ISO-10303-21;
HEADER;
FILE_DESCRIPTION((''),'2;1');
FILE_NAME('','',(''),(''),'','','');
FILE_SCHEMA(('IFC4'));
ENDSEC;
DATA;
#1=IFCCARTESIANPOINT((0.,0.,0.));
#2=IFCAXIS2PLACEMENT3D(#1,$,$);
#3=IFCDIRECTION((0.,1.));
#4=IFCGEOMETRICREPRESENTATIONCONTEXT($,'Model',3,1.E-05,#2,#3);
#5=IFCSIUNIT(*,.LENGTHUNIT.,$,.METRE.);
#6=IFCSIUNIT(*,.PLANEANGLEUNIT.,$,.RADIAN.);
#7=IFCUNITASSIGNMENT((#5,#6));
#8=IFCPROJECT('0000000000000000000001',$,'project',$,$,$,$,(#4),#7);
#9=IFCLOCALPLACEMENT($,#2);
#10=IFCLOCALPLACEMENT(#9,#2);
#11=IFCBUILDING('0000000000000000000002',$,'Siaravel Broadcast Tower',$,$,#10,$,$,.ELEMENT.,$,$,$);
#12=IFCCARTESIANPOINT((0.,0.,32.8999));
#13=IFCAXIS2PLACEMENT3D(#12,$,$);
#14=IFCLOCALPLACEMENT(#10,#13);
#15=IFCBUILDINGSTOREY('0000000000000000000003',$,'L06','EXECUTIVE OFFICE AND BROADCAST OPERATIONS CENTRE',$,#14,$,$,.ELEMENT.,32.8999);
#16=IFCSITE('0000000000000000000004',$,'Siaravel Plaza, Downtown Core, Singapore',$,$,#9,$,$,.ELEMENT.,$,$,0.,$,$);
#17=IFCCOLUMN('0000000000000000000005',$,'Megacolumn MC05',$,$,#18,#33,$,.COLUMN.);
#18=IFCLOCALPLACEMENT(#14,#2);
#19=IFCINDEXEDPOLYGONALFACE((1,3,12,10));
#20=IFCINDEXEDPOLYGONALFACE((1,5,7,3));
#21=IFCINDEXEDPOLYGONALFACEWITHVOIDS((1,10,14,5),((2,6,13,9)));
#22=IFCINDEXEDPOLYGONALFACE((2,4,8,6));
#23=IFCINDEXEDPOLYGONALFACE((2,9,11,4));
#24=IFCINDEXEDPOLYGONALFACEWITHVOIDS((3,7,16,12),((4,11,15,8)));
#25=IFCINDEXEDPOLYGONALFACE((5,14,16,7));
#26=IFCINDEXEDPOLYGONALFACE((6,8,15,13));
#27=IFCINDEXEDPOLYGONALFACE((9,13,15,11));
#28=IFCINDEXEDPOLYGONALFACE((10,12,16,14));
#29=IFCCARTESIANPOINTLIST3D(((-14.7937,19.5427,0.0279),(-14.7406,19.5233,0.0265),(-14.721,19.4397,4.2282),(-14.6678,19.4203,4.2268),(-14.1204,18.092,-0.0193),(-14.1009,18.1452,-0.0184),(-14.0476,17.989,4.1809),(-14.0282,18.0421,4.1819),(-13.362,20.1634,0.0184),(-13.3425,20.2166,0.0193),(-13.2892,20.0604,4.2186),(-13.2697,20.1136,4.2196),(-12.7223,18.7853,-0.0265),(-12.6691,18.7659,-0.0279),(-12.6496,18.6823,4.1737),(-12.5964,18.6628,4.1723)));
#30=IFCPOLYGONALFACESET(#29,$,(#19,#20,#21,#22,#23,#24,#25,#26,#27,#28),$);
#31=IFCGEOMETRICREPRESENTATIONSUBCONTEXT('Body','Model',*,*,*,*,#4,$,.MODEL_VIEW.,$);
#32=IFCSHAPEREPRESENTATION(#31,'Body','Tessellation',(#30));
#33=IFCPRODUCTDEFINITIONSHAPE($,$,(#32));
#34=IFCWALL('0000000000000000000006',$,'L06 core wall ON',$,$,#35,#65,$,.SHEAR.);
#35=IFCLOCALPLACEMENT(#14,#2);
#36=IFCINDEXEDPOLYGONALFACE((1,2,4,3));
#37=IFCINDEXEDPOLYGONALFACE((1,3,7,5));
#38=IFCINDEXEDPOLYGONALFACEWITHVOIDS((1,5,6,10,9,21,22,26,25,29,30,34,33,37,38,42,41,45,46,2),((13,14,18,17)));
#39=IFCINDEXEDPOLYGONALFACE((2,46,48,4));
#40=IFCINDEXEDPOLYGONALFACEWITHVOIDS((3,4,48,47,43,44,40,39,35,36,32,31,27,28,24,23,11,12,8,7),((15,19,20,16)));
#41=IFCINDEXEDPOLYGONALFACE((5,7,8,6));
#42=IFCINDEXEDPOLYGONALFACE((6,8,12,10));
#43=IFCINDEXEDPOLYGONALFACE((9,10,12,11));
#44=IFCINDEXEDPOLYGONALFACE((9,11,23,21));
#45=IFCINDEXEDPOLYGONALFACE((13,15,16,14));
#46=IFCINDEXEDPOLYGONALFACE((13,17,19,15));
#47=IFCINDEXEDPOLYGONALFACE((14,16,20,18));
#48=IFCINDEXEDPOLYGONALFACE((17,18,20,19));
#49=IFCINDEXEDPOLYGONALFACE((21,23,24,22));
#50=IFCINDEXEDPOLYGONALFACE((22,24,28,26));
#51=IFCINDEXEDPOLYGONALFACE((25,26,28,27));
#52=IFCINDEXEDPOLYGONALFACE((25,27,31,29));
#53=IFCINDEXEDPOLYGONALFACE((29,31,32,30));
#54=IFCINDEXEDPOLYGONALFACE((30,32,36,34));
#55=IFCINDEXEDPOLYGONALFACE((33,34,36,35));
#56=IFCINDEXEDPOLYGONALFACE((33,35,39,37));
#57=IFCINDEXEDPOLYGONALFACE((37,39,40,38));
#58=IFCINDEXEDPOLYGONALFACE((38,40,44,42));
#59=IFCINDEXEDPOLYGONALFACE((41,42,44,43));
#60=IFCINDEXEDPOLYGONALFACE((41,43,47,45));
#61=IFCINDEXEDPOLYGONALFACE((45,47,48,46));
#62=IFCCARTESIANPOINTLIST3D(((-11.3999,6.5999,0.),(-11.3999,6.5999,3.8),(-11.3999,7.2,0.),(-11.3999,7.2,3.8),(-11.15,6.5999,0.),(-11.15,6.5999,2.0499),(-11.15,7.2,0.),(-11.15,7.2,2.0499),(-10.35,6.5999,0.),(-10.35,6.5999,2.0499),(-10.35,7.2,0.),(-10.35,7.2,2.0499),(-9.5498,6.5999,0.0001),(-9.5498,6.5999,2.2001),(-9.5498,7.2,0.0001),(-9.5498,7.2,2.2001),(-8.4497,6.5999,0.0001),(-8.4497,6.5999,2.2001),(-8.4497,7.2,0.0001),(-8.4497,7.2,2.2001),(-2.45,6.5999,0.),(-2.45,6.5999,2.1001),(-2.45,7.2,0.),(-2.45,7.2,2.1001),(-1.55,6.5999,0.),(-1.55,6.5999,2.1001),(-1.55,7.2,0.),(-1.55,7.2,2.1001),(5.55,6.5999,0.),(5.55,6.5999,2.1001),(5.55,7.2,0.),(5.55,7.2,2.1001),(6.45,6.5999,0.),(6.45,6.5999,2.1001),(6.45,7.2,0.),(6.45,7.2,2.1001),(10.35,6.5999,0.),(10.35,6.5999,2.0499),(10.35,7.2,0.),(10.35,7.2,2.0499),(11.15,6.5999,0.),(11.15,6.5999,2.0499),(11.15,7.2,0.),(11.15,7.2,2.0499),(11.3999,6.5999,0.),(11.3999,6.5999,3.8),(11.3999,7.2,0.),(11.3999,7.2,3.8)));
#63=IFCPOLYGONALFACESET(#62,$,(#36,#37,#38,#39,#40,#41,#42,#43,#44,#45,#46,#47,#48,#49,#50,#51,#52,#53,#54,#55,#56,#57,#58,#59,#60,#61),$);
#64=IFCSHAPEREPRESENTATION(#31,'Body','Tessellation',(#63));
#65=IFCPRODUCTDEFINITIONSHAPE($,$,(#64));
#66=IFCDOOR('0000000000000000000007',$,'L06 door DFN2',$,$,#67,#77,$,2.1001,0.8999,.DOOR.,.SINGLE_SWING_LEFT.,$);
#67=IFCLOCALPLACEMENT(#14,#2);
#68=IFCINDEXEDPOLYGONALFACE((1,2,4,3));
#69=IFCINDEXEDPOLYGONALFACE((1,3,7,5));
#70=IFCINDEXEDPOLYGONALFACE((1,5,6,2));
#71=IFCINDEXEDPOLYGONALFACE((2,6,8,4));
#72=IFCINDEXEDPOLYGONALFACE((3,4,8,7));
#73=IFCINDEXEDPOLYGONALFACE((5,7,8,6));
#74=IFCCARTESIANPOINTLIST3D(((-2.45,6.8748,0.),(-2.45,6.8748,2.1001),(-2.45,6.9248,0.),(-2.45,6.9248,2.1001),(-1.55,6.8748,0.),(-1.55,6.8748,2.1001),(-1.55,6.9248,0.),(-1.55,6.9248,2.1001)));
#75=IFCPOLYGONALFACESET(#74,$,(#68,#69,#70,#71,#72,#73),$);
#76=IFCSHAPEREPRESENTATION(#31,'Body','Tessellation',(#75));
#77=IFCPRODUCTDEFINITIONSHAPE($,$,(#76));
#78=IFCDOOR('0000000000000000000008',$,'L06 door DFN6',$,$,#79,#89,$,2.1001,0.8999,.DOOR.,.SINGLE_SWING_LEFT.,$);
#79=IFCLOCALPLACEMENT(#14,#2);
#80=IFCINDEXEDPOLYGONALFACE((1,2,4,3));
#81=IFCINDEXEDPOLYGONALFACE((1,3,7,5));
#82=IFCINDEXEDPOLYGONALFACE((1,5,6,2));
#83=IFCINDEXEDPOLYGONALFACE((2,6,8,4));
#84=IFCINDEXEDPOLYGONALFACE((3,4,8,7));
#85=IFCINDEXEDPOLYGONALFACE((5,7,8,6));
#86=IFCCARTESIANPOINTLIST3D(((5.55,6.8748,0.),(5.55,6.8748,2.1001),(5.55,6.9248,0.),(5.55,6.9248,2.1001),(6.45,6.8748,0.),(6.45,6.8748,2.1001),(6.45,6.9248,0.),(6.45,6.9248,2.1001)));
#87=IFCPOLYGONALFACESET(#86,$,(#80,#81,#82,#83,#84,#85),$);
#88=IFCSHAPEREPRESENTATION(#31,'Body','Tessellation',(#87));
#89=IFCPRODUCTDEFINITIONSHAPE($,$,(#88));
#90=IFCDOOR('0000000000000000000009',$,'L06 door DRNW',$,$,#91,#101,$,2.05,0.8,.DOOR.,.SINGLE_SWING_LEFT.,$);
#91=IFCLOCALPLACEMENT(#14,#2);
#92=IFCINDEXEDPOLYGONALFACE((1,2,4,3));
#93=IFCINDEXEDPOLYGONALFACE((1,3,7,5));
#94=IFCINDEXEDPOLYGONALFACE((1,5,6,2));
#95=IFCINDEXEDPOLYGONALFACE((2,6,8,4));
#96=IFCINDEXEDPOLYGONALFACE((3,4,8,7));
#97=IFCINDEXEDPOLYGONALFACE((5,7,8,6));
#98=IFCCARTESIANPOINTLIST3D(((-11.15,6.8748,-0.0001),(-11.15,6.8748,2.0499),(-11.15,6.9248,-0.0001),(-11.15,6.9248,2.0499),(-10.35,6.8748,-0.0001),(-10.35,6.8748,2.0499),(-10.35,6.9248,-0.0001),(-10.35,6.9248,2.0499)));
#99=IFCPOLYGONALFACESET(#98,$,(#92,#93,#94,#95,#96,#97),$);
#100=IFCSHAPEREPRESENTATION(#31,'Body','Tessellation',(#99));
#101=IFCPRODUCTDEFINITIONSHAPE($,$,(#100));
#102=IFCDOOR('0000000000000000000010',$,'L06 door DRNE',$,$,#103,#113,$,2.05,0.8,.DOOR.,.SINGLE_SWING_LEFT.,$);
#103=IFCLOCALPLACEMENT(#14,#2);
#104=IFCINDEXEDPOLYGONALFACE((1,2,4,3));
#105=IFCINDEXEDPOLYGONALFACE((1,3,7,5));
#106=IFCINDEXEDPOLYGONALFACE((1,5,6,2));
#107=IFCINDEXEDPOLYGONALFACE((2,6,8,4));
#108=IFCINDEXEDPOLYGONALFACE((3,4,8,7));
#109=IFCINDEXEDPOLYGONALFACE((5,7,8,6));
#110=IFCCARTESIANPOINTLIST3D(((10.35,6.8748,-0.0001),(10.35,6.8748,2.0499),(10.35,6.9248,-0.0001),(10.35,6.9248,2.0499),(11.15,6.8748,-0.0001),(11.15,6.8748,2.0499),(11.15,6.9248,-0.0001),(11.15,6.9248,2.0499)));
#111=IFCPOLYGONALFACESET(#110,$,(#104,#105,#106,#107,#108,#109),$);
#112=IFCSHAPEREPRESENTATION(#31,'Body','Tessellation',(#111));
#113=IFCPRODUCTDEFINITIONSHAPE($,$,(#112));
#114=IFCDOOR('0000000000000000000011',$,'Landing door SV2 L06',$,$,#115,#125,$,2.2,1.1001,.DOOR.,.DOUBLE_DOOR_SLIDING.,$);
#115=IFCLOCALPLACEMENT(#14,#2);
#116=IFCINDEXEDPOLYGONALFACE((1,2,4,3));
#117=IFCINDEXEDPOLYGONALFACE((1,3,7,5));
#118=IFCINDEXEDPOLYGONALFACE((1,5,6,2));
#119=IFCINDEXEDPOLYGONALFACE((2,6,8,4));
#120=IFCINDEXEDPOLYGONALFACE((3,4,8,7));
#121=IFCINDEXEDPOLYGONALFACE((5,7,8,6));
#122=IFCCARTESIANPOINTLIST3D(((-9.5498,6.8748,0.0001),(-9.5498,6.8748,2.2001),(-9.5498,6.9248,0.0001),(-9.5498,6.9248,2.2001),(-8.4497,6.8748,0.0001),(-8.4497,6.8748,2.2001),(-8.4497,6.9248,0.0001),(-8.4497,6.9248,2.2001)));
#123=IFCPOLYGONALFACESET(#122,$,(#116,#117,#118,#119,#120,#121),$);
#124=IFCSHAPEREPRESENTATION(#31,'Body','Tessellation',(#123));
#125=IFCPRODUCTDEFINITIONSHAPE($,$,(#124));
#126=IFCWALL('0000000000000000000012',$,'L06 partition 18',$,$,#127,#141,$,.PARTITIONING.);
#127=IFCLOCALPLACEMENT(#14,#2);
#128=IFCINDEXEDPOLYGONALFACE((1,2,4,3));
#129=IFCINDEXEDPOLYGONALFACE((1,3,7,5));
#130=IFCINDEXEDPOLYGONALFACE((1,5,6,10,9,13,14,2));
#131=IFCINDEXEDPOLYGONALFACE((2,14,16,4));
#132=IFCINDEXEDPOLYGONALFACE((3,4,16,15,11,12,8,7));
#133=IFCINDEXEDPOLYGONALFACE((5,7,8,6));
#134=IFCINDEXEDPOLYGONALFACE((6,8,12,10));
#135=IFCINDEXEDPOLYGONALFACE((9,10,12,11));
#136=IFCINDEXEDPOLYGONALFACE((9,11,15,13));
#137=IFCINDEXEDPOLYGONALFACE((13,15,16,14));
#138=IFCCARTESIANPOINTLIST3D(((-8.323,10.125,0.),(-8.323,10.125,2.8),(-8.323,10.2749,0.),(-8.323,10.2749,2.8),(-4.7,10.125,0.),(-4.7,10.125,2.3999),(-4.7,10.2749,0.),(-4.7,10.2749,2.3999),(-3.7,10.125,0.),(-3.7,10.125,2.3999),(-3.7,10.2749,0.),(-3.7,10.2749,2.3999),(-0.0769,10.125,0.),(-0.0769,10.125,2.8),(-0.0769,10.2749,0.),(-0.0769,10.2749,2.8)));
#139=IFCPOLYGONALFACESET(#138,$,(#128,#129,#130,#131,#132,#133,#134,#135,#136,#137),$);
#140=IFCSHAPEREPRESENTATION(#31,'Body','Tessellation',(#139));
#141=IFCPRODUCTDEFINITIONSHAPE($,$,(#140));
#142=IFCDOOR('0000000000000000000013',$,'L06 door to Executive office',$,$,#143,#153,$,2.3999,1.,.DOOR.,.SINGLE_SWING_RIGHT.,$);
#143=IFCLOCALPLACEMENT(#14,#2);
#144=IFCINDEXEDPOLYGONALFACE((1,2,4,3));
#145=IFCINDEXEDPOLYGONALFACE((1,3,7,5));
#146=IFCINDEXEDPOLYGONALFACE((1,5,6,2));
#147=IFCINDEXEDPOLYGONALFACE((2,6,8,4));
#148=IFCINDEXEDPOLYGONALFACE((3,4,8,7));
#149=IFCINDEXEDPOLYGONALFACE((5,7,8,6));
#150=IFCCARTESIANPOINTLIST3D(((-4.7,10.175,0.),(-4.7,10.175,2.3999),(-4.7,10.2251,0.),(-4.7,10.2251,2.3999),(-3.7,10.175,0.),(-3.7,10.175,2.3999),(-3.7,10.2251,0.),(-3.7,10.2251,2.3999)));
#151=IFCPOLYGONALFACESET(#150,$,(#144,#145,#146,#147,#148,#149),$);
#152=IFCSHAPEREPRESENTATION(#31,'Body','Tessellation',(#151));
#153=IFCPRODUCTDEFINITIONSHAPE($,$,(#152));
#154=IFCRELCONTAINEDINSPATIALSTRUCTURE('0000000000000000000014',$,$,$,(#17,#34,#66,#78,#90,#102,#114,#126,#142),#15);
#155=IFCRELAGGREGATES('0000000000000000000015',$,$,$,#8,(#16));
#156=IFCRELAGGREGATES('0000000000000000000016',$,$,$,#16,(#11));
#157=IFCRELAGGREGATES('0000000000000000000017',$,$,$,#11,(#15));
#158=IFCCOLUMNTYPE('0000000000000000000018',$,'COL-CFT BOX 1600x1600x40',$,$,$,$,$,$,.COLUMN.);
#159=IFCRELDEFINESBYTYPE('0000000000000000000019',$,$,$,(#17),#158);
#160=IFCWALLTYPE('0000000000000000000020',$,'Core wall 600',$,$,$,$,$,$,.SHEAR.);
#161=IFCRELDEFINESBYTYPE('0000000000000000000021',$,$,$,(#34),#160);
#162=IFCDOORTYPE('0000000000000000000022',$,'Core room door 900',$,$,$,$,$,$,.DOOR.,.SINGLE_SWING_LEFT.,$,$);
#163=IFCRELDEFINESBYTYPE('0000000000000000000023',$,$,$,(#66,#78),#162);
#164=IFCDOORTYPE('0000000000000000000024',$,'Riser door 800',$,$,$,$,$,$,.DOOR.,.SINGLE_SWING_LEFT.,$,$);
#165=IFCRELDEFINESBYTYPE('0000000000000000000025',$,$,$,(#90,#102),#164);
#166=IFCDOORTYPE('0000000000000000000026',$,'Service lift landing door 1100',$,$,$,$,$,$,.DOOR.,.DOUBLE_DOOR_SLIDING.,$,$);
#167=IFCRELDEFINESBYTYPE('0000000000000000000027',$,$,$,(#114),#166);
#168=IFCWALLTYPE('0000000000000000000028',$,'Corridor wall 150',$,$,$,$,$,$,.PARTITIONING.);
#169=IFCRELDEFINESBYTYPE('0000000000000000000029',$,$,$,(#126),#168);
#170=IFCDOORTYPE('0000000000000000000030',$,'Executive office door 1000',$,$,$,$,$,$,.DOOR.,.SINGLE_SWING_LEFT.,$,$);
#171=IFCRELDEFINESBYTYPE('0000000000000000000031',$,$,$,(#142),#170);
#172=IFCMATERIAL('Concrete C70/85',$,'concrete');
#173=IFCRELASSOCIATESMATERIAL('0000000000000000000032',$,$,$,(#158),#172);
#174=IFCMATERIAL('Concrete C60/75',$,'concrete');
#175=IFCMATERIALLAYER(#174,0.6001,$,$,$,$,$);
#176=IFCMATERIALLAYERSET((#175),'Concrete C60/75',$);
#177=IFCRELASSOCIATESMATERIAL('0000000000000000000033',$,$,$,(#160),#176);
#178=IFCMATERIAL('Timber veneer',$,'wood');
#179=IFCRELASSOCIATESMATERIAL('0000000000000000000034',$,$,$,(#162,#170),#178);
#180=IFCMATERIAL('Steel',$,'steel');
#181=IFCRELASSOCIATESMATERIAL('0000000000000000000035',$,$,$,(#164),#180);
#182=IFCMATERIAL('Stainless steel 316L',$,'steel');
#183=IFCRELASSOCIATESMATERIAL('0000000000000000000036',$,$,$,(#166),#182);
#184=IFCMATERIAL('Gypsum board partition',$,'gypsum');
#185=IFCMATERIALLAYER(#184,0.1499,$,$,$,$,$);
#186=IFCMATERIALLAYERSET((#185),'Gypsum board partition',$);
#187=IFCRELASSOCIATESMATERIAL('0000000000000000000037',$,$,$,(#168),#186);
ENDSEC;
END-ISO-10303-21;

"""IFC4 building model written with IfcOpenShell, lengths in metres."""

from ifc_helpers import new_model, si_unit, direction, frame, frame_2d, origin, origin_2d, place, context, subcontext, project, spatial, rectangle, hollow_rectangle, extrude, material, layer, layer_set, material_profile, profile_set, type_object, element, fill, save


model = new_model("IFC4")

# Units and contexts
model_context = context("Model", 3, precision=1e-05, world=origin(), true_north=direction((0.0, 1.0)))
body_context = subcontext(model_context, "Body", "Model", "MODEL_VIEW")
ifc_project = project(units=[si_unit("LENGTHUNIT", "METRE"), si_unit("PLANEANGLEUNIT", "RADIAN")], contexts=[model_context])

# Site, building, storey
site_placement = place(None, origin())
site = spatial("IfcSite", under=ifc_project, at=site_placement, Name="Siaravel Plaza, Downtown Core, Singapore", CompositionType="ELEMENT", RefElevation=0.0)
building_placement = place(site_placement, origin())
building = spatial("IfcBuilding", under=site, at=building_placement, Name="Siaravel Broadcast Tower", CompositionType="ELEMENT")
storey_placement = place(building_placement, frame((0.0, 0.0, 32.8999)))
storey = spatial("IfcBuildingStorey", under=building, at=storey_placement, Name="L06", Description="EXECUTIVE OFFICE AND BROADCAST OPERATIONS CENTRE", CompositionType="ELEMENT", Elevation=32.8999)

# Column
ifc_material_1 = material(Name="Concrete C70/85", Category="concrete")
ifc_material_profile = material_profile(ifc_material_1, hollow_rectangle(XDim=1.6001, YDim=1.6001, WallThickness=0.04, at=origin_2d()))
ifc_profile_set = profile_set([ifc_material_profile], Name="Concrete C70/85")
column_type = type_object("IfcColumnType", Name="COL-CFT BOX 1600x1600x40", PredefinedType="COLUMN", material=ifc_profile_set)
column_placement = place(storey_placement, frame((-13.7314, 19.1543, 0.0), z_axis=(0.017314, -0.024518, 0.999549), x_axis=(0.906981, 0.421137, -0.00538)))
element("IfcColumn", 1, at=column_placement, inside=storey, type_object=column_type, Name="Megacolumn MC05", PredefinedType="COLUMN", context=body_context, shape_type="SweptSolid", body=[
    extrude(hollow_rectangle(XDim=1.6001, YDim=1.6001, WallThickness=0.04, at=origin_2d()), origin(), (0.0, 0.0, 1.0), 4.2021),
])

# Wall, openings, doors
ifc_material_2 = material(Name="Concrete C60/75", Category="concrete")
ifc_layer_1 = layer(ifc_material_2, 0.6001)
ifc_layer_set_1 = layer_set([ifc_layer_1], Name="Concrete C60/75")
wall_type_1 = type_object("IfcWallType", Name="Core wall 600", PredefinedType="SHEAR", material=ifc_layer_set_1)
wall_1_placement = place(storey_placement, frame((-11.3999, 6.8999, 0.0), z_axis=(0.0, 0.0, 1.0), x_axis=(1.0, 0.0, 0.0)))
wall_1 = element("IfcWall", 2, at=wall_1_placement, inside=storey, type_object=wall_type_1, Name="L06 core wall ON", PredefinedType="SHEAR", context=body_context, shape_type="SweptSolid", body=[
    extrude(rectangle(XDim=22.7998, YDim=0.6001, at=frame_2d((11.3999, 0.0))), origin(), (0.0, 0.0, 1.0), 3.8),
])
opening_1_placement = place(wall_1_placement, frame((1.8501, 0.0, 0.0)))
opening_1 = element("IfcOpeningElement", 3, at=opening_1_placement, cuts=wall_1, PredefinedType="OPENING", context=body_context, shape_type="SweptSolid", body=[
    extrude(rectangle(XDim=1.1001, YDim=2.2, at=frame_2d((0.55, 1.1001))), frame((0.0, 0.3101, 0.0), z_axis=(0.0, -1.0, 0.0), x_axis=(1.0, 0.0, 0.0)), (0.0, 0.0, 1.0), 0.6201),
])
opening_2_placement = place(wall_1_placement, frame((8.95, 0.0, 0.0)))
opening_2 = element("IfcOpeningElement", 4, at=opening_2_placement, cuts=wall_1, PredefinedType="OPENING", context=body_context, shape_type="SweptSolid", body=[
    extrude(rectangle(XDim=0.8999, YDim=2.1001, at=frame_2d((0.45, 1.05))), frame((0.0, 0.3101, 0.0), z_axis=(0.0, -1.0, 0.0), x_axis=(1.0, 0.0, 0.0)), (0.0, 0.0, 1.0), 0.6201),
])
opening_3_placement = place(wall_1_placement, frame((16.95, 0.0, 0.0)))
opening_3 = element("IfcOpeningElement", 5, at=opening_3_placement, cuts=wall_1, PredefinedType="OPENING", context=body_context, shape_type="SweptSolid", body=[
    extrude(rectangle(XDim=0.8999, YDim=2.1001, at=frame_2d((0.45, 1.05))), frame((0.0, 0.3101, 0.0), z_axis=(0.0, -1.0, 0.0), x_axis=(1.0, 0.0, 0.0)), (0.0, 0.0, 1.0), 0.6201),
])
opening_4_placement = place(wall_1_placement, frame((0.25, 0.0, 0.0)))
opening_4 = element("IfcOpeningElement", 6, at=opening_4_placement, cuts=wall_1, PredefinedType="OPENING", context=body_context, shape_type="SweptSolid", body=[
    extrude(rectangle(XDim=0.8, YDim=2.05, at=frame_2d((0.3999, 1.0249))), frame((0.0, 0.3101, 0.0), z_axis=(0.0, -1.0, 0.0), x_axis=(1.0, 0.0, 0.0)), (0.0, 0.0, 1.0), 0.6201),
])
opening_5_placement = place(wall_1_placement, frame((21.75, 0.0, 0.0)))
opening_5 = element("IfcOpeningElement", 7, at=opening_5_placement, cuts=wall_1, PredefinedType="OPENING", context=body_context, shape_type="SweptSolid", body=[
    extrude(rectangle(XDim=0.8, YDim=2.05, at=frame_2d((0.3999, 1.0249))), frame((0.0, 0.3101, 0.0), z_axis=(0.0, -1.0, 0.0), x_axis=(1.0, 0.0, 0.0)), (0.0, 0.0, 1.0), 0.6201),
])
ifc_material_3 = material(Name="Timber veneer", Category="wood")
door_type_1 = type_object("IfcDoorType", Name="Core room door 900", OperationType="SINGLE_SWING_LEFT", PredefinedType="DOOR", material=ifc_material_3)
door_1_placement = place(opening_2_placement, origin())
door_1 = element("IfcDoor", 8, at=door_1_placement, inside=storey, type_object=door_type_1, Name="L06 door DFN2", OperationType="SINGLE_SWING_LEFT", OverallHeight=2.1001, OverallWidth=0.8999, PredefinedType="DOOR", context=body_context, shape_type="SweptSolid", body=[
    extrude(rectangle(XDim=0.8999, YDim=2.1001, at=frame_2d((0.45, 1.05))), frame((0.0, 0.0249, 0.0), z_axis=(0.0, -1.0, 0.0), x_axis=(1.0, 0.0, 0.0)), (0.0, 0.0, 1.0), 0.05),
])
fill(opening_2, door_1)
door_2_placement = place(opening_3_placement, origin())
door_2 = element("IfcDoor", 9, at=door_2_placement, inside=storey, type_object=door_type_1, Name="L06 door DFN6", OperationType="SINGLE_SWING_LEFT", OverallHeight=2.1001, OverallWidth=0.8999, PredefinedType="DOOR", context=body_context, shape_type="SweptSolid", body=[
    extrude(rectangle(XDim=0.8999, YDim=2.1001, at=frame_2d((0.45, 1.05))), frame((0.0, 0.0249, 0.0), z_axis=(0.0, -1.0, 0.0), x_axis=(1.0, 0.0, 0.0)), (0.0, 0.0, 1.0), 0.05),
])
fill(opening_3, door_2)
ifc_material_4 = material(Name="Steel", Category="steel")
door_type_2 = type_object("IfcDoorType", Name="Riser door 800", OperationType="SINGLE_SWING_LEFT", PredefinedType="DOOR", material=ifc_material_4)
door_3_placement = place(opening_4_placement, origin())
door_3 = element("IfcDoor", 10, at=door_3_placement, inside=storey, type_object=door_type_2, Name="L06 door DRNW", OperationType="SINGLE_SWING_LEFT", OverallHeight=2.05, OverallWidth=0.8, PredefinedType="DOOR", context=body_context, shape_type="SweptSolid", body=[
    extrude(rectangle(XDim=0.8, YDim=2.05, at=frame_2d((0.3999, 1.0249))), frame((0.0, 0.0249, 0.0), z_axis=(0.0, -1.0, 0.0), x_axis=(1.0, 0.0, 0.0)), (0.0, 0.0, 1.0), 0.05),
])
fill(opening_4, door_3)
door_4_placement = place(opening_5_placement, origin())
door_4 = element("IfcDoor", 11, at=door_4_placement, inside=storey, type_object=door_type_2, Name="L06 door DRNE", OperationType="SINGLE_SWING_LEFT", OverallHeight=2.05, OverallWidth=0.8, PredefinedType="DOOR", context=body_context, shape_type="SweptSolid", body=[
    extrude(rectangle(XDim=0.8, YDim=2.05, at=frame_2d((0.3999, 1.0249))), frame((0.0, 0.0249, 0.0), z_axis=(0.0, -1.0, 0.0), x_axis=(1.0, 0.0, 0.0)), (0.0, 0.0, 1.0), 0.05),
])
fill(opening_5, door_4)
ifc_material_5 = material(Name="Stainless steel 316L", Category="steel")
door_type_3 = type_object("IfcDoorType", Name="Service lift landing door 1100", OperationType="DOUBLE_DOOR_SLIDING", PredefinedType="DOOR", material=ifc_material_5)
door_5_placement = place(opening_1_placement, origin())
door_5 = element("IfcDoor", 12, at=door_5_placement, inside=storey, type_object=door_type_3, Name="Landing door SV2 L06", OperationType="DOUBLE_DOOR_SLIDING", OverallHeight=2.2, OverallWidth=1.1001, PredefinedType="DOOR", context=body_context, shape_type="SweptSolid", body=[
    extrude(rectangle(XDim=1.1001, YDim=2.2, at=frame_2d((0.55, 1.1001))), frame((0.0, 0.0249, 0.0), z_axis=(0.0, -1.0, 0.0), x_axis=(1.0, 0.0, 0.0)), (0.0, 0.0, 1.0), 0.05),
])
fill(opening_1, door_5)

# Wall, opening, door
ifc_material_6 = material(Name="Gypsum board partition", Category="gypsum")
ifc_layer_2 = layer(ifc_material_6, 0.1499)
ifc_layer_set_2 = layer_set([ifc_layer_2], Name="Gypsum board partition")
wall_type_2 = type_object("IfcWallType", Name="Corridor wall 150", PredefinedType="PARTITIONING", material=ifc_layer_set_2)
wall_2_placement = place(storey_placement, frame((-0.0769, 10.2, 0.0), z_axis=(0.0, 0.0, 1.0), x_axis=(-1.0, 0.0, 0.0)))
wall_2 = element("IfcWall", 13, at=wall_2_placement, inside=storey, type_object=wall_type_2, Name="L06 partition 18", PredefinedType="PARTITIONING", context=body_context, shape_type="SweptSolid", body=[
    extrude(rectangle(XDim=8.2461, YDim=0.1499, at=frame_2d((4.123, 0.0))), origin(), (0.0, 0.0, 1.0), 2.8),
])
opening_6_placement = place(wall_2_placement, frame((3.623, 0.0, 0.0)))
opening_6 = element("IfcOpeningElement", 14, at=opening_6_placement, cuts=wall_2, PredefinedType="OPENING", context=body_context, shape_type="SweptSolid", body=[
    extrude(rectangle(XDim=1.0, YDim=2.3999, at=frame_2d((0.5, 1.2))), frame((0.0, 0.085, 0.0), z_axis=(0.0, -1.0, 0.0), x_axis=(1.0, 0.0, 0.0)), (0.0, 0.0, 1.0), 0.1699),
])
door_type_4 = type_object("IfcDoorType", Name="Executive office door 1000", OperationType="SINGLE_SWING_LEFT", PredefinedType="DOOR", material=ifc_material_3)
door_6_placement = place(opening_6_placement, origin())
door_6 = element("IfcDoor", 15, at=door_6_placement, inside=storey, type_object=door_type_4, Name="L06 door to Executive office", OperationType="SINGLE_SWING_RIGHT", OverallHeight=2.3999, OverallWidth=1.0, PredefinedType="DOOR", context=body_context, shape_type="SweptSolid", body=[
    extrude(rectangle(XDim=1.0, YDim=2.3999, at=frame_2d((0.5, 1.2))), frame((0.0, 0.0249, 0.0), z_axis=(0.0, -1.0, 0.0), x_axis=(1.0, 0.0, 0.0)), (0.0, 0.0, 1.0), 0.05),
])
fill(opening_6, door_6)

save(model, "model.ifc")
